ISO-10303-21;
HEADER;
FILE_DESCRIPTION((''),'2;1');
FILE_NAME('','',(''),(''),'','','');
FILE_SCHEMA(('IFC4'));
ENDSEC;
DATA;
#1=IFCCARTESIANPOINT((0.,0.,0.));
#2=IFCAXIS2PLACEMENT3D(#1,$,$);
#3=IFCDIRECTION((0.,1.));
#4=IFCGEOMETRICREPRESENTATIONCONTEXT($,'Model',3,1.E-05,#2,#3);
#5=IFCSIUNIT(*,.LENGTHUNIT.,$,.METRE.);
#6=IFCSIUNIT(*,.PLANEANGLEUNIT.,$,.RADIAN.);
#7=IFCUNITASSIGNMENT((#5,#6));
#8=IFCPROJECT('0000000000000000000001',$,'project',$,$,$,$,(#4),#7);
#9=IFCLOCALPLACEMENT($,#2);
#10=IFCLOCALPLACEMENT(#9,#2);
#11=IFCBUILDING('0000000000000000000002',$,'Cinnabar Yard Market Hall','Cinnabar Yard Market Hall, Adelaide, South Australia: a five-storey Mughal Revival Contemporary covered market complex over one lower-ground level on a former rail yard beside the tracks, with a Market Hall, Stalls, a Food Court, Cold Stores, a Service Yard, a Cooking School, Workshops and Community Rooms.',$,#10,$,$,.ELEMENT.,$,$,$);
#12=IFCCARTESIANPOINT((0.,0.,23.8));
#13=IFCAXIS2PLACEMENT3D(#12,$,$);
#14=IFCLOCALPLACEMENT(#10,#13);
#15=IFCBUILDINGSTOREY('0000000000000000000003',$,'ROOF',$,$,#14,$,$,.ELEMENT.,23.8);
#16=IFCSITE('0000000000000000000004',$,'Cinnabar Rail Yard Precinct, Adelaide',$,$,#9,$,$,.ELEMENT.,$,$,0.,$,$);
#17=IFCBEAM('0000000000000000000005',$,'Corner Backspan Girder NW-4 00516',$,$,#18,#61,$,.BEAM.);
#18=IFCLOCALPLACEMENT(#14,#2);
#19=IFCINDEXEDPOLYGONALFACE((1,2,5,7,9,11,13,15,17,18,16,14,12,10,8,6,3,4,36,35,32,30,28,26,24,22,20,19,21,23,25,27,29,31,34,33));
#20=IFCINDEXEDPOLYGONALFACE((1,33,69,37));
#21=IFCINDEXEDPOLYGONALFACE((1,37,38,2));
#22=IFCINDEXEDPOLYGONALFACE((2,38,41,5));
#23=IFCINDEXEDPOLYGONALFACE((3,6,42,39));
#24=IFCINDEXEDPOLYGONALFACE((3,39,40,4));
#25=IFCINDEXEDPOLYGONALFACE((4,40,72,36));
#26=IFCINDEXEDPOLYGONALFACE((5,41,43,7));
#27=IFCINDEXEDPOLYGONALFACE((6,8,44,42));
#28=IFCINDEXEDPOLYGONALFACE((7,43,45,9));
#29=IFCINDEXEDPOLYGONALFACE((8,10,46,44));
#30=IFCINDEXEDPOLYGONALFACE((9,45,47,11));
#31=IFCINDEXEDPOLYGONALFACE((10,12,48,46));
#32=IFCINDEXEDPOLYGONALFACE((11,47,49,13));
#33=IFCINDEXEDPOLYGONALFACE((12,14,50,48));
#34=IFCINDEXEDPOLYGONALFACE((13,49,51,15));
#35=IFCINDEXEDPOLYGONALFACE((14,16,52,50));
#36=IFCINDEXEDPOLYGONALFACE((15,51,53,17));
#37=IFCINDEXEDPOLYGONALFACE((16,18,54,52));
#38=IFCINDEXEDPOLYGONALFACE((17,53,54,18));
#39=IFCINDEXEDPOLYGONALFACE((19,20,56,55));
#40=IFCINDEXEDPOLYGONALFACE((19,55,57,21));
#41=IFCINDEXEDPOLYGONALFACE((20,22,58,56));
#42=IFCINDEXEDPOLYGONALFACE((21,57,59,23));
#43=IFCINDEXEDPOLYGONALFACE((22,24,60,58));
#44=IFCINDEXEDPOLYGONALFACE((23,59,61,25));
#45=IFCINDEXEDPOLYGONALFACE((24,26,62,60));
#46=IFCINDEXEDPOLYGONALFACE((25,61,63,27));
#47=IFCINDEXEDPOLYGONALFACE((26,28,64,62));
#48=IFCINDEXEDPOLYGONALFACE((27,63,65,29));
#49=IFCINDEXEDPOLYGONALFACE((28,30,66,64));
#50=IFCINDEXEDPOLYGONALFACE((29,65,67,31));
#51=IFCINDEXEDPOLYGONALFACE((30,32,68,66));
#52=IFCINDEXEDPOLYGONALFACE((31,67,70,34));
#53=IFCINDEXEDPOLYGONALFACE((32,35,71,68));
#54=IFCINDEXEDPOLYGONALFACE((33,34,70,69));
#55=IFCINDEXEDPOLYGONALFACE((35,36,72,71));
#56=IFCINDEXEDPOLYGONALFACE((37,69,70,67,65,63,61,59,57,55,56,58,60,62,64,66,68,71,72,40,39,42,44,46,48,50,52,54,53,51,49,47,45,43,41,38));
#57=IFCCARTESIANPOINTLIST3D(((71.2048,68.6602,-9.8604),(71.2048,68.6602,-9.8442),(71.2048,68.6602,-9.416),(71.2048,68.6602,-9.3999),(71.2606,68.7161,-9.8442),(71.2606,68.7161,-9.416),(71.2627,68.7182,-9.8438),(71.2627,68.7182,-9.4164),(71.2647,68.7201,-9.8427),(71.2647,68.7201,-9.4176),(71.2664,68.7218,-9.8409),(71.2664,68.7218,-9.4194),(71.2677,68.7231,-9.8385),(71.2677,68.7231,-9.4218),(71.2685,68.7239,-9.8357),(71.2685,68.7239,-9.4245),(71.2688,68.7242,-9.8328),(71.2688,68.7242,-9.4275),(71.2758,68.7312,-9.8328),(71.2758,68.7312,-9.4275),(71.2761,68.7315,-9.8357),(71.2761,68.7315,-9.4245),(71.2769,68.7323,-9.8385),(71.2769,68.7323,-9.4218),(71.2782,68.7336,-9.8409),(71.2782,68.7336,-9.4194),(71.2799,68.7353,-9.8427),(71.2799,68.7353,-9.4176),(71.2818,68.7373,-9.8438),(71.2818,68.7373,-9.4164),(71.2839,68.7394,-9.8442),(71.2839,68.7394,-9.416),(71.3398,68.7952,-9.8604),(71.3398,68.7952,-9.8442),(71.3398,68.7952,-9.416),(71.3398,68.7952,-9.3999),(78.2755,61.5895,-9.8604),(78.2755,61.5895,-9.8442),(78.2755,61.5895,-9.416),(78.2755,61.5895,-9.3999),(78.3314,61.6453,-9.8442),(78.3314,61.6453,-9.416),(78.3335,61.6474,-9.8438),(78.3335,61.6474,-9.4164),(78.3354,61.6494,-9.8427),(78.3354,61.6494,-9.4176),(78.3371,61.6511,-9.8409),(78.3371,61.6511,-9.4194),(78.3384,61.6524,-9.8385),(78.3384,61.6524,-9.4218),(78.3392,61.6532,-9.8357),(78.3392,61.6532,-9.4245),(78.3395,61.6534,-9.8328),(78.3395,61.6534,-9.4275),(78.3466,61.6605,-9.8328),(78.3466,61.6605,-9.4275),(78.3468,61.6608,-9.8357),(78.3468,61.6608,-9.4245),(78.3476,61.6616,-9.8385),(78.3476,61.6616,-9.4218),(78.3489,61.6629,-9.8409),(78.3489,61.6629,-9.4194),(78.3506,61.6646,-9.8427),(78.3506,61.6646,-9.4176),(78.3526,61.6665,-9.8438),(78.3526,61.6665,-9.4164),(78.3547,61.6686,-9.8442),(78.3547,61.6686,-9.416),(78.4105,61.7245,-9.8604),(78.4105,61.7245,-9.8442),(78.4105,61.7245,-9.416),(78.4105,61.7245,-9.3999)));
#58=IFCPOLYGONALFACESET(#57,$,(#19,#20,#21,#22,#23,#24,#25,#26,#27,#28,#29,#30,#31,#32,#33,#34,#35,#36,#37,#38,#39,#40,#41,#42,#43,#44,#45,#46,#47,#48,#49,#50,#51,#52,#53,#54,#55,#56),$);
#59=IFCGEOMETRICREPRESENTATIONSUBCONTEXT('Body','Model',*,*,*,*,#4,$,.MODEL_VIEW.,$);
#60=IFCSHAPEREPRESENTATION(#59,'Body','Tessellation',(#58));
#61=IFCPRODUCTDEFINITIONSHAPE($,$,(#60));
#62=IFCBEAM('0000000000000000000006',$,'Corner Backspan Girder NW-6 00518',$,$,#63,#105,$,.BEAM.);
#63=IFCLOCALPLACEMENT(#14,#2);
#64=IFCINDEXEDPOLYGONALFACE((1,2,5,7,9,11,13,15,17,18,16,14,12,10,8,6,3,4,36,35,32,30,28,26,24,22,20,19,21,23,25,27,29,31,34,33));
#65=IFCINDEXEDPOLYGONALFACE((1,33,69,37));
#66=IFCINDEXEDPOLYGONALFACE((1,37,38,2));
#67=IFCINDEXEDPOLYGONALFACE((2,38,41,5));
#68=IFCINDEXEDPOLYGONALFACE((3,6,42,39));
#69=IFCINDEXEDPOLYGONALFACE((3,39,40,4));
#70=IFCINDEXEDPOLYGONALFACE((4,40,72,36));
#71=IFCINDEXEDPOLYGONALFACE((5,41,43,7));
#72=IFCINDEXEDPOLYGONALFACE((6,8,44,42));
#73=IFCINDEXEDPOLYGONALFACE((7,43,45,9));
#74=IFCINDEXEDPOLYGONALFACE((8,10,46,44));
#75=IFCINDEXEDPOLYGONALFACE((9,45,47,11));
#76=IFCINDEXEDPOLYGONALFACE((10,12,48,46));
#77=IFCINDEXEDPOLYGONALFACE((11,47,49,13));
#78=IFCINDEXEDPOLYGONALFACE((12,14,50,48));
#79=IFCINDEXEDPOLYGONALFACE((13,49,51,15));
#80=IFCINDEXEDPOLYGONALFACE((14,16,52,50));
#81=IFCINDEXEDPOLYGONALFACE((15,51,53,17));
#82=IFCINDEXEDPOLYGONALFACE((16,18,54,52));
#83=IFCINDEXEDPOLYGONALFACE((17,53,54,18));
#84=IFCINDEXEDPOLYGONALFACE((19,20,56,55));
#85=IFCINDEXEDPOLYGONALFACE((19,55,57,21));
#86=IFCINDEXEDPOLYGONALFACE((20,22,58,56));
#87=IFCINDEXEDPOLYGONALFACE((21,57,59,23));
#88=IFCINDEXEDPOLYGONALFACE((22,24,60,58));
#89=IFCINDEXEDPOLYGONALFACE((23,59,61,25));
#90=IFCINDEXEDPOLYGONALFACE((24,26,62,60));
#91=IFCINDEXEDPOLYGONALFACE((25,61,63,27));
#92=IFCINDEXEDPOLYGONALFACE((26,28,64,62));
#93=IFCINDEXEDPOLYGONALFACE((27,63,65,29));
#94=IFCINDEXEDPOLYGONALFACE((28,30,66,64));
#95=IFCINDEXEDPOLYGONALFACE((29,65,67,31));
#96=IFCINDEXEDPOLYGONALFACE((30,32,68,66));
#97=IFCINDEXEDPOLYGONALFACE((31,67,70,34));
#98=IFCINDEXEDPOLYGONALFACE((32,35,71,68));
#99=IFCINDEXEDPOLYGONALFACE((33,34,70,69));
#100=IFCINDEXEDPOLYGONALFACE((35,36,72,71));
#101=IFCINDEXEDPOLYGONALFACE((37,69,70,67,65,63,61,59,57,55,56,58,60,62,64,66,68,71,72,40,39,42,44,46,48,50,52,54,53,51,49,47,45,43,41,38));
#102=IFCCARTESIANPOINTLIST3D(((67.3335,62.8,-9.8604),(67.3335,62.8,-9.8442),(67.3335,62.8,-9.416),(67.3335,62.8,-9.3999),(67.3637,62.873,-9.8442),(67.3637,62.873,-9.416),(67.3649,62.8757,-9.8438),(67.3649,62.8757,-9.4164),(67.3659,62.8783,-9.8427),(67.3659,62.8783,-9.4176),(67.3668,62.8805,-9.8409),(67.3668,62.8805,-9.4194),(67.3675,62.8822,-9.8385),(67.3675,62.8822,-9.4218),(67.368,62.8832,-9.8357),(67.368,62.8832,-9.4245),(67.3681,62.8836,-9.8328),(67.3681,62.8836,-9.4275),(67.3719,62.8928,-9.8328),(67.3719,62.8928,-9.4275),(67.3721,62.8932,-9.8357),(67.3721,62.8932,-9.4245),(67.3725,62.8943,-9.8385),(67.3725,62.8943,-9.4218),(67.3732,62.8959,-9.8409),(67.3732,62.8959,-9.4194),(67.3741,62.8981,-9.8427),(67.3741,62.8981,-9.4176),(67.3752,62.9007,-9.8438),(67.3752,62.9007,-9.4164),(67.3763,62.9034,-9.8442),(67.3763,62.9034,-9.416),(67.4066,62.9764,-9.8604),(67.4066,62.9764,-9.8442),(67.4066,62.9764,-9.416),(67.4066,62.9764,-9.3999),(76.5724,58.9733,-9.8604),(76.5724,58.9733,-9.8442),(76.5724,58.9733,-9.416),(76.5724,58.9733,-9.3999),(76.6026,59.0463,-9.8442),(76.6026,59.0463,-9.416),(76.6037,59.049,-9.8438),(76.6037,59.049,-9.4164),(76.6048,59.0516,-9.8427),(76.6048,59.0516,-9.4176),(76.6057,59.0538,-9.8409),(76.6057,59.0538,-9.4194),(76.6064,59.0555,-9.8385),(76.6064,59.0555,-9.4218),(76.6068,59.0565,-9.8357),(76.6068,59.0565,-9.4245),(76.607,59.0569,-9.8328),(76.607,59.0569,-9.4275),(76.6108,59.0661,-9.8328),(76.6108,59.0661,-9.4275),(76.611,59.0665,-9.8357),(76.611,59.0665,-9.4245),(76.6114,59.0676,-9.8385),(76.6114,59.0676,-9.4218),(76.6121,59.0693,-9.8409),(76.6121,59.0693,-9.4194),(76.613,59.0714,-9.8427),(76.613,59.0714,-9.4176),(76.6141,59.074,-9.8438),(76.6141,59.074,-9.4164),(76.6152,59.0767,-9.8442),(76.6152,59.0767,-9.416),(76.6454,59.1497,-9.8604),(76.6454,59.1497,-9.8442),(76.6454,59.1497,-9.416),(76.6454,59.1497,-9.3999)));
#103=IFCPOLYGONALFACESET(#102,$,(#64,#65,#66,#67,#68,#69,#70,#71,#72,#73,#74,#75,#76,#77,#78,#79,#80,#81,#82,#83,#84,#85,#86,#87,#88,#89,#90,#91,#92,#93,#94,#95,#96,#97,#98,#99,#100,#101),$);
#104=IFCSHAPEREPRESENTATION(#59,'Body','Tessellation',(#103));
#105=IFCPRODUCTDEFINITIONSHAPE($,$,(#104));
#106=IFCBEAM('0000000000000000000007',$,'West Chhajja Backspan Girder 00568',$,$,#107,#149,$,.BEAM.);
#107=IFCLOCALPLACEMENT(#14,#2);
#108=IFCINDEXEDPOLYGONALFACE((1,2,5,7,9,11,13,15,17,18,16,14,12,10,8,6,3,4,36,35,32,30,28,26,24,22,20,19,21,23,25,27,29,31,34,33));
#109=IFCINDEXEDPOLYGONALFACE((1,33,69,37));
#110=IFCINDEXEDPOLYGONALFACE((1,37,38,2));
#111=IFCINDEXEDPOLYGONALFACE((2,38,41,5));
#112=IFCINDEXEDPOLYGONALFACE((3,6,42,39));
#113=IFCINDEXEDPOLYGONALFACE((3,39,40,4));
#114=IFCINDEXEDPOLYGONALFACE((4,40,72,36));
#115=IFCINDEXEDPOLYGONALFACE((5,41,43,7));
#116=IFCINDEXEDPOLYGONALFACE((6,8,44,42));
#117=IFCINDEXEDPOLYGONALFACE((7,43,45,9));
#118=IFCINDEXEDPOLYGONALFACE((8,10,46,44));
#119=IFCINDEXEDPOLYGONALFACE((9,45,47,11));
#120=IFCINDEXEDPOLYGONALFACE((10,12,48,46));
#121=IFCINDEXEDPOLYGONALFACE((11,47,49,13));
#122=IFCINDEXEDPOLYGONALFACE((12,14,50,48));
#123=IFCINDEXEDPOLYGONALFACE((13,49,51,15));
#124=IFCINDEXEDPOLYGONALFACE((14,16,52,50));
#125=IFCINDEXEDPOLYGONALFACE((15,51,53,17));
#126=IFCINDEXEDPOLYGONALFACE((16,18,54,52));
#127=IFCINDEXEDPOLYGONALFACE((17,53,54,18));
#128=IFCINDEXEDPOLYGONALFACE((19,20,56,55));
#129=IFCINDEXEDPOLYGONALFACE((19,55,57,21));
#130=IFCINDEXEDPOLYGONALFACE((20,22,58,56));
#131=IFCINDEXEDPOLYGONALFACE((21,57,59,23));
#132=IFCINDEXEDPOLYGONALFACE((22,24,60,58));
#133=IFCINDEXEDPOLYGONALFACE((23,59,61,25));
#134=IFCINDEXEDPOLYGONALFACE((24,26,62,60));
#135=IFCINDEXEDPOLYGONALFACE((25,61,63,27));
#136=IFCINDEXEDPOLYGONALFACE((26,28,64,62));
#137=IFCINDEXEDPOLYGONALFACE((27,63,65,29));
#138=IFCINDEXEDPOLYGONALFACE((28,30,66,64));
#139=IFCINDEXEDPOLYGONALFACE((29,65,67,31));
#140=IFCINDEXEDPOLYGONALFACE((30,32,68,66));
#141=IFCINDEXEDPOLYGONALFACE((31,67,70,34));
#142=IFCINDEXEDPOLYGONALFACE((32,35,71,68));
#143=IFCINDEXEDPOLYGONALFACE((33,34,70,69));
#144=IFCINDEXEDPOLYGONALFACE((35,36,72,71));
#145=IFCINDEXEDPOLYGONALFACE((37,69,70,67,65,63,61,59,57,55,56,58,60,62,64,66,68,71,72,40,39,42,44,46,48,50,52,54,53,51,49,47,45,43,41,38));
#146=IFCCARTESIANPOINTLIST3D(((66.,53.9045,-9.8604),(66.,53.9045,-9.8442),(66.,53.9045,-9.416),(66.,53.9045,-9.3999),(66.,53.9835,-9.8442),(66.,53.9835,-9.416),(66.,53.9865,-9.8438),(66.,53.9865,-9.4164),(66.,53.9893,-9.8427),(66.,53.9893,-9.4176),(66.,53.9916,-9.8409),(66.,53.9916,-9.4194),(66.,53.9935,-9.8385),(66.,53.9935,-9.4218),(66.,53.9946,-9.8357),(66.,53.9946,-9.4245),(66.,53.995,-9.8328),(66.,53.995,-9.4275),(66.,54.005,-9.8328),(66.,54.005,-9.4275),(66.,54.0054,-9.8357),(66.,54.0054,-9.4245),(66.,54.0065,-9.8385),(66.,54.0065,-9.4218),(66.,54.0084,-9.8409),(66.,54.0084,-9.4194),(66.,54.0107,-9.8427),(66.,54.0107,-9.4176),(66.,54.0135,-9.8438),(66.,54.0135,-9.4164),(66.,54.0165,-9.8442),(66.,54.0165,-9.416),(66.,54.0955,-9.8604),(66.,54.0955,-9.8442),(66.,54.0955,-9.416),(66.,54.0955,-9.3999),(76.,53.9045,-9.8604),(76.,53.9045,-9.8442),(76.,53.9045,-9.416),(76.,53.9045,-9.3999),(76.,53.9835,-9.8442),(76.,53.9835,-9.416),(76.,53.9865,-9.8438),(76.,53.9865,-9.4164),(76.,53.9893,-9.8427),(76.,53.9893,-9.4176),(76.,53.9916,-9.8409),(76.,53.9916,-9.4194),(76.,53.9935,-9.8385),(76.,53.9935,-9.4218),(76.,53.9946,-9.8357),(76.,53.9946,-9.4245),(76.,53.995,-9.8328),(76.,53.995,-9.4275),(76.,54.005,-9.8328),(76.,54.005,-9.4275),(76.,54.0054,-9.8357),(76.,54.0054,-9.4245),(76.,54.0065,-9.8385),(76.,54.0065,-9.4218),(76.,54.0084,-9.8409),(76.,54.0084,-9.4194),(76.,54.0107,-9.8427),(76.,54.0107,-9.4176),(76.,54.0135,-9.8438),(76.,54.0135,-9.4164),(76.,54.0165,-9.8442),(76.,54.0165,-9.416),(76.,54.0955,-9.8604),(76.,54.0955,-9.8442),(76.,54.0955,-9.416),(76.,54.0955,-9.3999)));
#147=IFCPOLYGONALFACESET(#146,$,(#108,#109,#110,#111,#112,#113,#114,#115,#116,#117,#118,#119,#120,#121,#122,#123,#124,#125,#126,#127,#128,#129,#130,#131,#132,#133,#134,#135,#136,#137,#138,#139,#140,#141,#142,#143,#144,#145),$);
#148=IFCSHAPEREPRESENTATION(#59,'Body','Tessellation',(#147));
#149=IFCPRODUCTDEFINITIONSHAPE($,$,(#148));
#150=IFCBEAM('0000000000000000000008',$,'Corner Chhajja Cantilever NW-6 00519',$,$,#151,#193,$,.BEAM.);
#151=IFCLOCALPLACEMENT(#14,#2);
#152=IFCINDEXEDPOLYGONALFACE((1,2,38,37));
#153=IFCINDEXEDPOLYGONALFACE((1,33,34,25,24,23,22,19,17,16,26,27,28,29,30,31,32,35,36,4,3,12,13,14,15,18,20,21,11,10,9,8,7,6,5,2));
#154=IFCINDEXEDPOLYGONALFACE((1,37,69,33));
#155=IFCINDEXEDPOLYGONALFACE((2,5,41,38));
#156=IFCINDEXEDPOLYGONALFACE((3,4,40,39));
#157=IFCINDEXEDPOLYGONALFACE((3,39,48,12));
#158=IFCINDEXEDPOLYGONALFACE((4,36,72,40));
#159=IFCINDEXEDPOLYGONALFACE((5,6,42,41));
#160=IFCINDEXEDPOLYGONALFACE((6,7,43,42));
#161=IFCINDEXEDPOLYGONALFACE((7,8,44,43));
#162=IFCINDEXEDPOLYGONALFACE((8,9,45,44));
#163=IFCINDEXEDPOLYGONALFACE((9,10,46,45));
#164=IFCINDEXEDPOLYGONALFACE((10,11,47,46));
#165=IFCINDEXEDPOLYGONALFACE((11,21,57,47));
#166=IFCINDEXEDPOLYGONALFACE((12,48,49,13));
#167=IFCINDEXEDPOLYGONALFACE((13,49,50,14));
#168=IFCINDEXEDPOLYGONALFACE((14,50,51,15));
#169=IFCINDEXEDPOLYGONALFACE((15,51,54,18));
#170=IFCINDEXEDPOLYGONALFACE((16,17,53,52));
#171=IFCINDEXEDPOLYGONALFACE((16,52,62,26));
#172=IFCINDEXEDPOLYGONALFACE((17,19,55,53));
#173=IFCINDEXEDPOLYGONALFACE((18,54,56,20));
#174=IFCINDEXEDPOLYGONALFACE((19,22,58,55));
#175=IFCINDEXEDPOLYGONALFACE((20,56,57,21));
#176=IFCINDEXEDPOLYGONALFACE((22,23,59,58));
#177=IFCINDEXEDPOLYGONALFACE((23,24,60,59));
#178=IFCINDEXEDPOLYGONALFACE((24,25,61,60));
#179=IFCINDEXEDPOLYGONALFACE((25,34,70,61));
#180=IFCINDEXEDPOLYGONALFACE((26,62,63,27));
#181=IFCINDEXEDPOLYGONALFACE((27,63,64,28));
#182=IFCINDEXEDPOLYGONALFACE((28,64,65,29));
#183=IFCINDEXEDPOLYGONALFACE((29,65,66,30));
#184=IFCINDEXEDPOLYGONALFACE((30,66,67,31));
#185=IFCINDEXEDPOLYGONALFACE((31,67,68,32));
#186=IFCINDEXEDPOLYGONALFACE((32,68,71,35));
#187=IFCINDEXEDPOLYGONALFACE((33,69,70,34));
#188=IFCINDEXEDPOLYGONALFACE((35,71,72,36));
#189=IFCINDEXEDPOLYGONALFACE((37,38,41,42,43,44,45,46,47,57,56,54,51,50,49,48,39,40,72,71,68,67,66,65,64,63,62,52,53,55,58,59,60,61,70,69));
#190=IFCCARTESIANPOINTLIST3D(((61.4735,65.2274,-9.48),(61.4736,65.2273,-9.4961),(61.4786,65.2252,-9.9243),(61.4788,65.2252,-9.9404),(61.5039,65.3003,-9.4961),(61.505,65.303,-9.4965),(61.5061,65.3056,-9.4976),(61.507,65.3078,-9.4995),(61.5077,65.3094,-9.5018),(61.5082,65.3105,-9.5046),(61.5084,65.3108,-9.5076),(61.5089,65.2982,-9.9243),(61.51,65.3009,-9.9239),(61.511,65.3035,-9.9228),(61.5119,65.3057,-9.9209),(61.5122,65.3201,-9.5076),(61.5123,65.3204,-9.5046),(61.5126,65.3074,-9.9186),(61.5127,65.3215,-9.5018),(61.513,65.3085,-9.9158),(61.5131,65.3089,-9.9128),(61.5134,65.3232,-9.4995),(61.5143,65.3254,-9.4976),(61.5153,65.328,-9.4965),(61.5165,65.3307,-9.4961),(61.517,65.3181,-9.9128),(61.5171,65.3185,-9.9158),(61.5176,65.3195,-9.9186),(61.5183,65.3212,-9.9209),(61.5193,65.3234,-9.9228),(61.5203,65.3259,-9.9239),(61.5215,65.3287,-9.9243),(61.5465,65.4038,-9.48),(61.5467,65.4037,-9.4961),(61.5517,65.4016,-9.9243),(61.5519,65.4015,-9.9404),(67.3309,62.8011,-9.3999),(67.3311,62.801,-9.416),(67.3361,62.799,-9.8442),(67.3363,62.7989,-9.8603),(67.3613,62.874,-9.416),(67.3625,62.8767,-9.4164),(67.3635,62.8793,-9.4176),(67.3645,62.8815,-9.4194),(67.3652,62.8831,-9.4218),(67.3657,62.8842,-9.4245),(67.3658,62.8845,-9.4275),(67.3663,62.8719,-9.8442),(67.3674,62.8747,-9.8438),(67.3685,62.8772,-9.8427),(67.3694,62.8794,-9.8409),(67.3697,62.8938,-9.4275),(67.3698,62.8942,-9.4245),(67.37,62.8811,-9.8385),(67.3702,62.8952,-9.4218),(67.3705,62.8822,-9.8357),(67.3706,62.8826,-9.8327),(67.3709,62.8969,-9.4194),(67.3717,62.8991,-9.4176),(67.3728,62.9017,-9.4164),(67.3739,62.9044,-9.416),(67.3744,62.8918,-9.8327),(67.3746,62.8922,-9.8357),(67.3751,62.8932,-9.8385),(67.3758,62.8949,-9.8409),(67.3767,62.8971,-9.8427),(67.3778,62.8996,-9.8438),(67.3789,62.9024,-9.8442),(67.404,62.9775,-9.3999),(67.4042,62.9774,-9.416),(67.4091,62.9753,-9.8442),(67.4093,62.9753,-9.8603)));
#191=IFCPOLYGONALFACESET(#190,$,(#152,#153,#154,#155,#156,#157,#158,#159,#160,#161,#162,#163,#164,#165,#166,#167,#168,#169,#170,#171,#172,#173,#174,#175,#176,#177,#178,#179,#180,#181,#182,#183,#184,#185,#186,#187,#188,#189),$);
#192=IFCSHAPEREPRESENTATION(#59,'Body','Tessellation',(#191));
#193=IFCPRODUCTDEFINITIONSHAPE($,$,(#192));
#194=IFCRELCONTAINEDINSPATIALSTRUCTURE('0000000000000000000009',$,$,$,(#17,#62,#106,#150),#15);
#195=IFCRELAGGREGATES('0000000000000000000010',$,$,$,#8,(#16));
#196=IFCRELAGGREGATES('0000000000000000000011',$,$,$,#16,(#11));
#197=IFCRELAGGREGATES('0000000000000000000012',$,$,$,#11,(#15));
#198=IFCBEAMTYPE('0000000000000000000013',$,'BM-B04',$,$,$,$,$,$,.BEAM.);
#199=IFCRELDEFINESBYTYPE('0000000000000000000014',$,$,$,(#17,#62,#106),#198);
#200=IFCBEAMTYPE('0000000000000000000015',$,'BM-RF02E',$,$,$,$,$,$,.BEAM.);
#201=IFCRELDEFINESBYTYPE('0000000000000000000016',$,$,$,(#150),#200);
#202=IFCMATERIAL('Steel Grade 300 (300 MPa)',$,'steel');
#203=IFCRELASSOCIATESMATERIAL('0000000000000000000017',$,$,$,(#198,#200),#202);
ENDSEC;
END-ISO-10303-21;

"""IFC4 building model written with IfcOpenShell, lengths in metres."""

from ifc_helpers import new_model, si_unit, direction, frame, origin, origin_2d_with_axis, place, context, subcontext, project, spatial, i_section, extrude, material, material_profile, profile_set, type_object, element, save


model = new_model("IFC4")

# Units and contexts
model_context = context("Model", 3, precision=1e-05, world=origin(), true_north=direction((0.0, 1.0)))
body_context = subcontext(model_context, "Body", "Model", "MODEL_VIEW")
ifc_project = project(units=[si_unit("LENGTHUNIT", "METRE"), si_unit("PLANEANGLEUNIT", "RADIAN")], contexts=[model_context])

# Site, building, storey
site_placement = place(None, origin())
site = spatial("IfcSite", under=ifc_project, at=site_placement, Name="Cinnabar Rail Yard Precinct, Adelaide", CompositionType="ELEMENT", RefElevation=0.0)
building_placement = place(site_placement, origin())
building = spatial("IfcBuilding", under=site, at=building_placement, Name="Cinnabar Yard Market Hall", Description="Cinnabar Yard Market Hall, Adelaide, South Australia: a five-storey Mughal Revival Contemporary covered market complex over one lower-ground level on a former rail yard beside the tracks, with a Market Hall, Stalls, a Food Court, Cold Stores, a Service Yard, a Cooking School, Workshops and Community Rooms.", CompositionType="ELEMENT")
storey_placement = place(building_placement, frame((0.0, 0.0, 23.8)))
storey = spatial("IfcBuildingStorey", under=building, at=storey_placement, Name="ROOF", CompositionType="ELEMENT", Elevation=23.8)

# Beams
ifc_material_1 = material(Name="Steel Grade 300 (300 MPa)", Category="steel")
ifc_material_profile_1 = material_profile(ifc_material_1, i_section(OverallWidth=0.1909, OverallDepth=0.4604, WebThickness=0.01, FlangeThickness=0.0161, FilletRadius=0.0115, at=origin_2d_with_axis()), Name="460UB82.1")
ifc_profile_set_1 = profile_set([ifc_material_profile_1], Name="Steel Grade 300 (300 MPa)")
beam_type_1 = type_object("IfcBeamType", Name="BM-B04", PredefinedType="BEAM", material=ifc_profile_set_1)
beam_1_placement = place(storey_placement, frame((78.343, 61.657, -9.6301), z_axis=(-0.707107, 0.707107, 0.0), x_axis=(-0.707107, -0.707107, 0.0)))
element("IfcBeam", 1, at=beam_1_placement, inside=storey, type_object=beam_type_1, Name="Corner Backspan Girder NW-4 00516", PredefinedType="BEAM", context=body_context, shape_type="SweptSolid", body=[
    extrude(i_section(OverallWidth=0.1909, OverallDepth=0.4604, WebThickness=0.01, FlangeThickness=0.0161, FilletRadius=0.0115, at=origin_2d_with_axis()), origin(), (0.0, 0.0, 1.0), 9.9995),
])
for number, where, z_axis, x_axis, name in (
    (2, (76.6089, 59.0615, -9.6301), (-0.923885, 0.382669, 0.0), (-0.382669, -0.923885, 0.0), "Corner Backspan Girder NW-6 00518"),
    (3, (76.0, 54.0, -9.6301), (-1.0, 0.0, 0.0), (0.0, -1.0, 0.0), "West Chhajja Backspan Girder 00568"),
):
    element("IfcBeam", number, at=place(storey_placement, frame(where, z_axis=z_axis, x_axis=x_axis)), inside=storey, type_object=beam_type_1, Name=name, PredefinedType="BEAM", context=body_context, shape_type="SweptSolid", body=[
        extrude(i_section(OverallWidth=0.1909, OverallDepth=0.4604, WebThickness=0.01, FlangeThickness=0.0161, FilletRadius=0.0115, at=origin_2d_with_axis()), origin(), (0.0, 0.0, 1.0), 10.0),
    ])
ifc_material_profile_2 = material_profile(ifc_material_1, i_section(OverallWidth=0.1909, OverallDepth=0.4604, WebThickness=0.01, FlangeThickness=0.0161, FilletRadius=0.0115, at=origin_2d_with_axis()), Name="460UB82.1")
ifc_profile_set_2 = profile_set([ifc_material_profile_2], Name="Steel Grade 300 (300 MPa)")
beam_type_2 = type_object("IfcBeamType", Name="BM-RF02E", PredefinedType="BEAM", material=ifc_profile_set_2)
for number, where, z_axis, x_axis, name in (
    (4, (67.3701, 62.8882, -9.6301), (-0.923803, 0.382659, -0.01263), (-0.38269, -0.923877, 0.0), "Corner Chhajja Cantilever NW-6 00519"),
):
    element("IfcBeam", number, at=place(storey_placement, frame(where, z_axis=z_axis, x_axis=x_axis)), inside=storey, type_object=beam_type_2, Name=name, PredefinedType="BEAM", context=body_context, shape_type="SweptSolid", body=[
        extrude(i_section(OverallWidth=0.1909, OverallDepth=0.4604, WebThickness=0.01, FlangeThickness=0.0161, FilletRadius=0.0115, at=origin_2d_with_axis()), origin(), (0.0, 0.0, 1.0), 6.3406),
    ])

save(model, "model.ifc")
